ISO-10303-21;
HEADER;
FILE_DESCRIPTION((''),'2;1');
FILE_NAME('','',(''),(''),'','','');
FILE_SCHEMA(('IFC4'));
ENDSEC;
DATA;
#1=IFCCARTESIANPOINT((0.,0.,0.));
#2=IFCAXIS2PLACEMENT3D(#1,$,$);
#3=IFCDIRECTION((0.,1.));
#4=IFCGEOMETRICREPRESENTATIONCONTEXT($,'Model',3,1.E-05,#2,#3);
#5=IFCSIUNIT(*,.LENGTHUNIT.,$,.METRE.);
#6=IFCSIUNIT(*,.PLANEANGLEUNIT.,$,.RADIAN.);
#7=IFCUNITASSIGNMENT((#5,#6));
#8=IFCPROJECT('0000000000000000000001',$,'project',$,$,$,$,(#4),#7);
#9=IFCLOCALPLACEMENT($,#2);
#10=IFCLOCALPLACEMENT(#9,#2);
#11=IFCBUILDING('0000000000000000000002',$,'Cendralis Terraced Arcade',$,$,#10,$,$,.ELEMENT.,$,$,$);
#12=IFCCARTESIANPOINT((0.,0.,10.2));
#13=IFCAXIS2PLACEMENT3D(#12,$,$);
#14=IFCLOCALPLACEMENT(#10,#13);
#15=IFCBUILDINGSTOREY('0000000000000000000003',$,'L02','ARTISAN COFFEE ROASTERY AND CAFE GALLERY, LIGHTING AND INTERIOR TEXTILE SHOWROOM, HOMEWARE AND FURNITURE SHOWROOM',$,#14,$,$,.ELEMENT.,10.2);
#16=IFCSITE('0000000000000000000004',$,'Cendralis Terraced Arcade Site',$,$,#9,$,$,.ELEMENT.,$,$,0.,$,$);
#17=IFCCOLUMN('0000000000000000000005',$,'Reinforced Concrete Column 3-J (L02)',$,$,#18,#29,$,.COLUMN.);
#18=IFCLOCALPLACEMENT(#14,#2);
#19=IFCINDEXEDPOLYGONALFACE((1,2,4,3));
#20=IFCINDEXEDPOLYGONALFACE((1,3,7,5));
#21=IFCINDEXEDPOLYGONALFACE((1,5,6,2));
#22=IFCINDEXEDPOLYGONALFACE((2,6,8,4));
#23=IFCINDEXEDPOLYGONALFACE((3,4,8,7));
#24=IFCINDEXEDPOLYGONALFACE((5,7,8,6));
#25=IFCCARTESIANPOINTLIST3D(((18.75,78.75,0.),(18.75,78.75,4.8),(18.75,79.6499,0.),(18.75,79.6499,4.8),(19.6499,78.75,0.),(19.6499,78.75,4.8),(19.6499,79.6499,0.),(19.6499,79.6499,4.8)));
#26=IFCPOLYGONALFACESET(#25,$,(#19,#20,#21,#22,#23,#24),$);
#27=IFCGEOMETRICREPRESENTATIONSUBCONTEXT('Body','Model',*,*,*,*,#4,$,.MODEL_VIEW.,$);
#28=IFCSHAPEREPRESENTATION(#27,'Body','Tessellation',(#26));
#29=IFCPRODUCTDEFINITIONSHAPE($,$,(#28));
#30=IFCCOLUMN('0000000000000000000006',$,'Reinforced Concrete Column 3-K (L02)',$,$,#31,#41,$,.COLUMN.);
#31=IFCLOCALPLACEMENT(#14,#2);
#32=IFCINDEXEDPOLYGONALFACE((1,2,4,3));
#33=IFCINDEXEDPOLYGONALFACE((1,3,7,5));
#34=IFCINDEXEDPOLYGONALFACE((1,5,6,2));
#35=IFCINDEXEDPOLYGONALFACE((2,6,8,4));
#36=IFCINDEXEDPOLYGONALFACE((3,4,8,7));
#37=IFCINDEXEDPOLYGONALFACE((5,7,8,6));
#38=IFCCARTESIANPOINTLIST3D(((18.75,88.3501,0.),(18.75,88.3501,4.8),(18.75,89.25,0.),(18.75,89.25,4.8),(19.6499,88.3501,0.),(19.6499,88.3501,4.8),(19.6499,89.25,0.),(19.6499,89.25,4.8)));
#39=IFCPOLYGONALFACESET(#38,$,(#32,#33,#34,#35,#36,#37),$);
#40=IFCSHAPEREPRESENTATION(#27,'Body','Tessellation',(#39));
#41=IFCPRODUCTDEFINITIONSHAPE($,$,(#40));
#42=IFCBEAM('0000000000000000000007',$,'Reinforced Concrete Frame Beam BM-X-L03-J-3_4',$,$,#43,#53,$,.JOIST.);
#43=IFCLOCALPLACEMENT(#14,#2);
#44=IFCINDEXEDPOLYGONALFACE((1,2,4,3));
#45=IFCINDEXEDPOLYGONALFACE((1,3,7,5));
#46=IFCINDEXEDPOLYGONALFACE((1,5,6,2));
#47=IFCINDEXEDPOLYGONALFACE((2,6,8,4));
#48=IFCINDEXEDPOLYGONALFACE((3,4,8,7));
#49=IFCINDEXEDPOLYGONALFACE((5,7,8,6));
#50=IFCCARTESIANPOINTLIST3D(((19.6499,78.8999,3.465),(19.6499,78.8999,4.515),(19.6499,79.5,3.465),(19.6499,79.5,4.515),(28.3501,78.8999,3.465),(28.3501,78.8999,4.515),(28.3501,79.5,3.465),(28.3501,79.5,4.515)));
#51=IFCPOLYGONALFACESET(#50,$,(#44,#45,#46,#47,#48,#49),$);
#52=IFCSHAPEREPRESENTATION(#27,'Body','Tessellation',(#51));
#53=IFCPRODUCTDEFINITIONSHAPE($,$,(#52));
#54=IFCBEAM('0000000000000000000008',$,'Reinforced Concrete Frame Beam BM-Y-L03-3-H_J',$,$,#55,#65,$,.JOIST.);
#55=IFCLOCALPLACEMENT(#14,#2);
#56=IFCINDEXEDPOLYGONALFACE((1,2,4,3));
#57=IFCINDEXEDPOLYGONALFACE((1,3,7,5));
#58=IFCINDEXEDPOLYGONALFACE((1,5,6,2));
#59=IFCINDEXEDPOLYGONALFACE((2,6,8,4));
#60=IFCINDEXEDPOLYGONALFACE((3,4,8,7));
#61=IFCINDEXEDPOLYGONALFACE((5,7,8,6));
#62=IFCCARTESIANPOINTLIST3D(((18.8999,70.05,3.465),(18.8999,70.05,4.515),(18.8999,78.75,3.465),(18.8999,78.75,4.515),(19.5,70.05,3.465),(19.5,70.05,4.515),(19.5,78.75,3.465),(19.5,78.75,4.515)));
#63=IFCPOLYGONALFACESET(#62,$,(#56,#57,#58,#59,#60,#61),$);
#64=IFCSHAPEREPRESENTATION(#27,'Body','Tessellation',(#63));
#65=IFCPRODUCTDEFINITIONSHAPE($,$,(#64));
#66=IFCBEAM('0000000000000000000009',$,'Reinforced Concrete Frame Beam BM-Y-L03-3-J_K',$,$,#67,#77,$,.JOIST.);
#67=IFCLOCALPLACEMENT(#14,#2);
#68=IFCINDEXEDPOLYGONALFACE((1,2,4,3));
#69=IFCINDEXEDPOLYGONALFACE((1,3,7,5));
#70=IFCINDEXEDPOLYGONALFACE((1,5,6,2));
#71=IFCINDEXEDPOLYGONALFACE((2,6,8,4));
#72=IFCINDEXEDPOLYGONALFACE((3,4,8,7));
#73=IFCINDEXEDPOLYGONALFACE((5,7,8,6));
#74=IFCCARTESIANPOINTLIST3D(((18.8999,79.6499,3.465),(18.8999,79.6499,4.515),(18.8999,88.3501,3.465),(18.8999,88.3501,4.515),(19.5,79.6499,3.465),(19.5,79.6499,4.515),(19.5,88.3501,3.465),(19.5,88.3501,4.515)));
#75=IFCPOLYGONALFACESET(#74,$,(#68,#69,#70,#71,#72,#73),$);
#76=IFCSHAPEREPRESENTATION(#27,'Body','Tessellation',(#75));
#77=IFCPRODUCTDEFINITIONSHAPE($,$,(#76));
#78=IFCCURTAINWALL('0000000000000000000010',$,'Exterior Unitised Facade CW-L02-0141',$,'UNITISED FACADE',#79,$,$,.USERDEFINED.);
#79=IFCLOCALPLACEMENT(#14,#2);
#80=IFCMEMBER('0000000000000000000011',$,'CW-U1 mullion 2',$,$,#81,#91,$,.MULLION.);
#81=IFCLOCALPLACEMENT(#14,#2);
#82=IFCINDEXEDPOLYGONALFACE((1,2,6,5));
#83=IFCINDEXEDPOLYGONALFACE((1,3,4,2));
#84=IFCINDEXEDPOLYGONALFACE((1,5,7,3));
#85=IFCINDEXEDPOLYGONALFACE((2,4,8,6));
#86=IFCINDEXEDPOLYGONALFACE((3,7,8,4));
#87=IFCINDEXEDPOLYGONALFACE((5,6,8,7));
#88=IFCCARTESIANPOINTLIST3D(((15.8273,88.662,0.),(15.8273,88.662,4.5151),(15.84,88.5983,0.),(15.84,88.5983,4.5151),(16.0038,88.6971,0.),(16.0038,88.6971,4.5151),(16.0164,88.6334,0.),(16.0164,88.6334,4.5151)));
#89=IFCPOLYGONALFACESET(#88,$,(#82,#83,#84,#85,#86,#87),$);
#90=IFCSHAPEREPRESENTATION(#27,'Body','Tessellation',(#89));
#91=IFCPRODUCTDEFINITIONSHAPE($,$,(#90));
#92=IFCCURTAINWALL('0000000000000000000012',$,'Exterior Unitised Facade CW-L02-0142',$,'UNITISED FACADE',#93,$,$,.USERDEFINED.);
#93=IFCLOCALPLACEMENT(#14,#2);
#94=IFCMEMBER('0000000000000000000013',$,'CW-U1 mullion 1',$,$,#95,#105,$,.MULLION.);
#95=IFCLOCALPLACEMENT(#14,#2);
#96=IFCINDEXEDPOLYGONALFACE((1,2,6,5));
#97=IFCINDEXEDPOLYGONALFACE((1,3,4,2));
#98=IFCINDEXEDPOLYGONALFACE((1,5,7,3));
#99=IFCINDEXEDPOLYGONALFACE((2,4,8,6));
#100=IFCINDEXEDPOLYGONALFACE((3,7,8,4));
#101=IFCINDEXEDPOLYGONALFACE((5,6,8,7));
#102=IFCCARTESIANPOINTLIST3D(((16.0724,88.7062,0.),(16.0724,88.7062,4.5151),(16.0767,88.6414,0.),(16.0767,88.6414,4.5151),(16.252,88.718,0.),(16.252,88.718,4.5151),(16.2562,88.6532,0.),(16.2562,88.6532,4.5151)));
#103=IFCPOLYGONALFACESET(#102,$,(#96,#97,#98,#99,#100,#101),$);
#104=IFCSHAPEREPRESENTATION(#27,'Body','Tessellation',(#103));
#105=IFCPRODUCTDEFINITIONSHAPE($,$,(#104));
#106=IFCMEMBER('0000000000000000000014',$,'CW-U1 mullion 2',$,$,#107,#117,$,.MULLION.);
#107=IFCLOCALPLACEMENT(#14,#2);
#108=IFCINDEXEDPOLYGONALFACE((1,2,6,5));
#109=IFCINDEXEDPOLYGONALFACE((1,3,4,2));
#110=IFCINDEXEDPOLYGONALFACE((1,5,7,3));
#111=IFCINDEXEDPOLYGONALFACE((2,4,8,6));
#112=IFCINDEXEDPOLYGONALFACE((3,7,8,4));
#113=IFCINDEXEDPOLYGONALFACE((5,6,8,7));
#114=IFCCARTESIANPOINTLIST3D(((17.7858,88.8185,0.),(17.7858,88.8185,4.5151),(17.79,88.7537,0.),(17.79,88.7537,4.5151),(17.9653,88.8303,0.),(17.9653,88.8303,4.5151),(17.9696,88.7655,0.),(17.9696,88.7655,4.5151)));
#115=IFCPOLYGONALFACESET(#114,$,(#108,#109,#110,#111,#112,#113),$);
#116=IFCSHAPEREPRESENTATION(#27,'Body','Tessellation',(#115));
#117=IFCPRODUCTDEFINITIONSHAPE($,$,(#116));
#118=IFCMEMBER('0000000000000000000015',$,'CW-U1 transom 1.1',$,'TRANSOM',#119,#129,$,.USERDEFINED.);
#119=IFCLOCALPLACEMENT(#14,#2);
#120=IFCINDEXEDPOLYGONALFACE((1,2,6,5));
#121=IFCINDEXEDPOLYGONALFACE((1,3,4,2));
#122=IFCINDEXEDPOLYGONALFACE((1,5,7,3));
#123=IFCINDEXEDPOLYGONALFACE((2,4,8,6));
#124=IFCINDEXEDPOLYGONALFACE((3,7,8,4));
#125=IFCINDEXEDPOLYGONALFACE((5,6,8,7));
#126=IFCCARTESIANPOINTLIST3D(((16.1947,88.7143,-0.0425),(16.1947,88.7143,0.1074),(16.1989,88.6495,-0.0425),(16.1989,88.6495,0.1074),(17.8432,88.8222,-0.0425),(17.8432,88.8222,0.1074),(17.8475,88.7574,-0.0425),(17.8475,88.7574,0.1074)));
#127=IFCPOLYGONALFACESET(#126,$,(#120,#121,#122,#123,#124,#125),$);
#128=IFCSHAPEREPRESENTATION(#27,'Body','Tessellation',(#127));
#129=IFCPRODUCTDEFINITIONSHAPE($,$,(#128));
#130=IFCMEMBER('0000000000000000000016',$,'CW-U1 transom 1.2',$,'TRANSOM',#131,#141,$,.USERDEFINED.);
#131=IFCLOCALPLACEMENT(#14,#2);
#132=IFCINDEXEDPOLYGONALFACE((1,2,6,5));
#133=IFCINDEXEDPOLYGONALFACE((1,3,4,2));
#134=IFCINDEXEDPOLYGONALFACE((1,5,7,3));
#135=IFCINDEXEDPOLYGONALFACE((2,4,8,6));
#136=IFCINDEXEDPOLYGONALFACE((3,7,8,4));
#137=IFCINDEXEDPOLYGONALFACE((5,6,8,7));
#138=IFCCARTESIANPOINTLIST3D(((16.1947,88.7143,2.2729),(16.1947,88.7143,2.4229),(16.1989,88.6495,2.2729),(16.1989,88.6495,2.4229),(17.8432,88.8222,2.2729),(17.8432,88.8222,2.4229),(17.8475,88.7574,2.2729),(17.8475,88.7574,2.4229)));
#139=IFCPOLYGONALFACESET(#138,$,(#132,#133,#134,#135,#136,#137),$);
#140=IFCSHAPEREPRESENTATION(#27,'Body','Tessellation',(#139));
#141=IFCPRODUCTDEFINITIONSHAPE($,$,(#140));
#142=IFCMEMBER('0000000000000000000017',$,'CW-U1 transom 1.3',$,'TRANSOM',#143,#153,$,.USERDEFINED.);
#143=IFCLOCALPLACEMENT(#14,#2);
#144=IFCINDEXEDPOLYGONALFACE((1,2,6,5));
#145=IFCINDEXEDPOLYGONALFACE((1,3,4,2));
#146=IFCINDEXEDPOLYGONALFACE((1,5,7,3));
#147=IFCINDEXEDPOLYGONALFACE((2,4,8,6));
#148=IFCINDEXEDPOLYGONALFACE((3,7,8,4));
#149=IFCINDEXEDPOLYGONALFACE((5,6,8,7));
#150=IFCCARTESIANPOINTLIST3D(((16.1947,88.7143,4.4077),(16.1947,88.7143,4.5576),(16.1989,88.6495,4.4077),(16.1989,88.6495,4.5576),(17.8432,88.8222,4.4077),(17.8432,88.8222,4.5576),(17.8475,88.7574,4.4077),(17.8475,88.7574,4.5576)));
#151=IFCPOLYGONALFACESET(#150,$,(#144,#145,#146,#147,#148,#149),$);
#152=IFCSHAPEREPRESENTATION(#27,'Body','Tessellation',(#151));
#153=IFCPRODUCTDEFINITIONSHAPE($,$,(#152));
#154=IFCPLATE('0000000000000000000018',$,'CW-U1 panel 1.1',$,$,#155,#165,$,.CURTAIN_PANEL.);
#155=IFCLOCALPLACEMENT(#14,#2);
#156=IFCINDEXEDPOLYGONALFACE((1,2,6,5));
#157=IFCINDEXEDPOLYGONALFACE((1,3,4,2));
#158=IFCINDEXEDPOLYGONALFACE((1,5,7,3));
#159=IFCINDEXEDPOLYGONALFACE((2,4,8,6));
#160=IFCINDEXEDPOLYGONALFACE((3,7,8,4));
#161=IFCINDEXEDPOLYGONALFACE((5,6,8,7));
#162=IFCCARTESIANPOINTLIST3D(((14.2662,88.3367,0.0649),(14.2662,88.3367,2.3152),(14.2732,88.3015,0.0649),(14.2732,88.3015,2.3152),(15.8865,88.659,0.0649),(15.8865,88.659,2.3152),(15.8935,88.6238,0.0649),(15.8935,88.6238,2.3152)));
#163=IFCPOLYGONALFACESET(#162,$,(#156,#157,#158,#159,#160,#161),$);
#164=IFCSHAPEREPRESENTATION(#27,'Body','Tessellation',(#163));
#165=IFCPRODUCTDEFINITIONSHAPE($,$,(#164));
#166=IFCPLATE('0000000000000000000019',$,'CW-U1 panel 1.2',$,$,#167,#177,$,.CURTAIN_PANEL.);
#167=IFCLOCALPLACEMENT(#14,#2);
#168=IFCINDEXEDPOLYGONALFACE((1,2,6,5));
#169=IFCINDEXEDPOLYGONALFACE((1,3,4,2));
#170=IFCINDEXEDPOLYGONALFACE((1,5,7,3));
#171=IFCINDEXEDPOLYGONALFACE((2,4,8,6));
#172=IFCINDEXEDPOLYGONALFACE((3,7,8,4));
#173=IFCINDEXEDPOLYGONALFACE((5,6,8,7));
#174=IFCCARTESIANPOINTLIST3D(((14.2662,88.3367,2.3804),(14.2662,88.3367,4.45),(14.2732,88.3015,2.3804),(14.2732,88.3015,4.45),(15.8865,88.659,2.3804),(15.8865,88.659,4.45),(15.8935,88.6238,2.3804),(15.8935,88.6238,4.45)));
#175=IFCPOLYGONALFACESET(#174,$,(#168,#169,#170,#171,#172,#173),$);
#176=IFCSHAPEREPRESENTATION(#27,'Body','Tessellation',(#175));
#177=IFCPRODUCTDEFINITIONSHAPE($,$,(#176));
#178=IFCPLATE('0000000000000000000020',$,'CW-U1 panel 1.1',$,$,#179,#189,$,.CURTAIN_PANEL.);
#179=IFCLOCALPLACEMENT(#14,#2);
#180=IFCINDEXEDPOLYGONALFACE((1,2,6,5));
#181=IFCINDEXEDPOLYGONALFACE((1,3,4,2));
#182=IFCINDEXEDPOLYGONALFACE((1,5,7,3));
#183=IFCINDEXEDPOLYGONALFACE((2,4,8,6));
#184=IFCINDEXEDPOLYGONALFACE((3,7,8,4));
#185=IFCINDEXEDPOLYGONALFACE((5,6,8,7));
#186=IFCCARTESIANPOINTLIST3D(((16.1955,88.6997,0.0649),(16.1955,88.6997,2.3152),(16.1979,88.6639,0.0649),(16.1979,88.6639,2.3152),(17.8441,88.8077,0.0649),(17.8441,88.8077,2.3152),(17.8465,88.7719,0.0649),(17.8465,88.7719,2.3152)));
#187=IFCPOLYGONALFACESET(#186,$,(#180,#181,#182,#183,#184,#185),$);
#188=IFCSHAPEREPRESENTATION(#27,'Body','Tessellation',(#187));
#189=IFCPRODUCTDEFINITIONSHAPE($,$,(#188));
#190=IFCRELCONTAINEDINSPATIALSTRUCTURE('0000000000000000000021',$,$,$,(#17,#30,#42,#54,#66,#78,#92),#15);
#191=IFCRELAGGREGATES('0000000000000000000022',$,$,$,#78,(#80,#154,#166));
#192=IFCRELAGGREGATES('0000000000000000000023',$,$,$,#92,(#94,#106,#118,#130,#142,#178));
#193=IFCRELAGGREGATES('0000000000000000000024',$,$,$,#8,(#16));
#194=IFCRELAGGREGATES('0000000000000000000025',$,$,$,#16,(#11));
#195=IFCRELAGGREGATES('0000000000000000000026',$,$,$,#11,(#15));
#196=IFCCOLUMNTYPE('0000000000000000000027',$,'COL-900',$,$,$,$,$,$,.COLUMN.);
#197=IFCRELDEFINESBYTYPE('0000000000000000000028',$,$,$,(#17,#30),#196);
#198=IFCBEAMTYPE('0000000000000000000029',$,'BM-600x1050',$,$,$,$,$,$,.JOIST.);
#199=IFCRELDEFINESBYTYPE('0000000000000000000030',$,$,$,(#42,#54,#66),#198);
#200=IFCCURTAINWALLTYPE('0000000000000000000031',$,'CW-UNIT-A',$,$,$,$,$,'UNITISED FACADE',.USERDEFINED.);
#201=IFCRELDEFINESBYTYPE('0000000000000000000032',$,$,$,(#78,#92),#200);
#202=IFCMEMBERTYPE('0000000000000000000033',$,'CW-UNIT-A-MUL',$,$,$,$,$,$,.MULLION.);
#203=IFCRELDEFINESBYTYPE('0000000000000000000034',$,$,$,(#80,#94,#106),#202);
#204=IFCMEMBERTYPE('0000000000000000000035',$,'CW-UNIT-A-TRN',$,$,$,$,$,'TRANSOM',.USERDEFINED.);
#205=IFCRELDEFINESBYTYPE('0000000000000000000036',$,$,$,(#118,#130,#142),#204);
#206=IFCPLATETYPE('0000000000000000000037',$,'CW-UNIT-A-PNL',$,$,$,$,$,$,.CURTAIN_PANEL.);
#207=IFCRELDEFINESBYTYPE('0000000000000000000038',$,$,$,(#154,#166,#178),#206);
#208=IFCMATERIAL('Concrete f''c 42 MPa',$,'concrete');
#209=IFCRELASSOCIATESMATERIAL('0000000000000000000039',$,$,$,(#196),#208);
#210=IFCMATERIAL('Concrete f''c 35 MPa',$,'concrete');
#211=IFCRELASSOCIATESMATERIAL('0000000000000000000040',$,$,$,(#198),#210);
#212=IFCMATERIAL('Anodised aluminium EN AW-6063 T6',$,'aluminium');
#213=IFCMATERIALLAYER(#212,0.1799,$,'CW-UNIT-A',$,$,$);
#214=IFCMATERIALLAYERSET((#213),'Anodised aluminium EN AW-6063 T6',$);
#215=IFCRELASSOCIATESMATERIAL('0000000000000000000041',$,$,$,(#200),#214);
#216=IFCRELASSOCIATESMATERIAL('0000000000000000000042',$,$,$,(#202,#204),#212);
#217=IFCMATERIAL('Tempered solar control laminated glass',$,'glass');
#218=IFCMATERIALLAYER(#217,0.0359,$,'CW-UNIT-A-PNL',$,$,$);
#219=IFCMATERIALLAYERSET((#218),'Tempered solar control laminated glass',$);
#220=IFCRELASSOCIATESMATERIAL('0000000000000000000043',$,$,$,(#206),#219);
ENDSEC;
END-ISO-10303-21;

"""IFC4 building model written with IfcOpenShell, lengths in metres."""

from ifc_helpers import new_model, si_unit, direction, frame, origin, origin_2d, place, context, subcontext, project, spatial, rectangle, extrude, material, layer, layer_set, material_profile, profile_set, type_object, element, aggregate, save


model = new_model("IFC4")

# Units and contexts
model_context = context("Model", 3, precision=1e-05, world=origin(), true_north=direction((0.0, 1.0)))
body_context = subcontext(model_context, "Body", "Model", "MODEL_VIEW")
ifc_project = project(units=[si_unit("LENGTHUNIT", "METRE"), si_unit("PLANEANGLEUNIT", "RADIAN")], contexts=[model_context])

# Site, building, storey
site_placement = place(None, origin())
site = spatial("IfcSite", under=ifc_project, at=site_placement, Name="Cendralis Terraced Arcade Site", CompositionType="ELEMENT", RefElevation=0.0)
building_placement = place(site_placement, origin())
building = spatial("IfcBuilding", under=site, at=building_placement, Name="Cendralis Terraced Arcade", CompositionType="ELEMENT")
storey_placement = place(building_placement, frame((0.0, 0.0, 10.2)))
storey = spatial("IfcBuildingStorey", under=building, at=storey_placement, Name="L02", Description="ARTISAN COFFEE ROASTERY AND CAFE GALLERY, LIGHTING AND INTERIOR TEXTILE SHOWROOM, HOMEWARE AND FURNITURE SHOWROOM", CompositionType="ELEMENT", Elevation=10.2)

# Columns
ifc_material_1 = material(Name="Concrete f'c 42 MPa", Category="concrete")
ifc_material_profile_1 = material_profile(ifc_material_1, rectangle(XDim=0.8999, YDim=0.8999, at=origin_2d()), Name="RC-COL-900x900", Category="LoadBearing")
ifc_profile_set_1 = profile_set([ifc_material_profile_1], Name="Concrete f'c 42 MPa")
column_type = type_object("IfcColumnType", Name="COL-900", PredefinedType="COLUMN", material=ifc_profile_set_1)
for number, where, z_axis, x_axis, name in (
    (1, (19.2, 79.2, 0.0), (0.0, 0.0, 1.0), (1.0, 0.0, 0.0), "Reinforced Concrete Column 3-J (L02)"),
    (2, (19.2, 88.8, 0.0), (0.0, 0.0, 1.0), (1.0, 0.0, 0.0), "Reinforced Concrete Column 3-K (L02)"),
):
    element("IfcColumn", number, at=place(storey_placement, frame(where, z_axis=z_axis, x_axis=x_axis)), inside=storey, type_object=column_type, Name=name, PredefinedType="COLUMN", context=body_context, shape_type="SweptSolid", body=[
        extrude(rectangle(XDim=0.8999, YDim=0.8999, at=origin_2d()), origin(), (0.0, 0.0, 1.0), 4.8),
    ])

# Beams
ifc_material_2 = material(Name="Concrete f'c 35 MPa", Category="concrete")
ifc_material_profile_2 = material_profile(ifc_material_2, rectangle(XDim=0.6001, YDim=1.05, at=origin_2d()), Name="RC-BM-600x1050", Category="LoadBearing")
ifc_profile_set_2 = profile_set([ifc_material_profile_2], Name="Concrete f'c 35 MPa")
beam_type = type_object("IfcBeamType", Name="BM-600x1050", PredefinedType="JOIST", material=ifc_profile_set_2)
beam_1_placement = place(storey_placement, frame((19.6499, 79.2, 3.99), z_axis=(1.0, 0.0, 0.0), x_axis=(0.0, 1.0, 0.0)))
element("IfcBeam", 3, at=beam_1_placement, inside=storey, type_object=beam_type, Name="Reinforced Concrete Frame Beam BM-X-L03-J-3_4", PredefinedType="JOIST", context=body_context, shape_type="SweptSolid", body=[
    extrude(rectangle(XDim=0.6001, YDim=1.05, at=origin_2d()), origin(), (0.0, 0.0, 1.0), 8.7002),
])
beam_2_placement = place(storey_placement, frame((19.2, 70.05, 3.99), z_axis=(0.0, 1.0, 0.0), x_axis=(-1.0, 0.0, 0.0)))
element("IfcBeam", 4, at=beam_2_placement, inside=storey, type_object=beam_type, Name="Reinforced Concrete Frame Beam BM-Y-L03-3-H_J", PredefinedType="JOIST", context=body_context, shape_type="SweptSolid", body=[
    extrude(rectangle(XDim=0.6001, YDim=1.05, at=origin_2d()), origin(), (0.0, 0.0, 1.0), 8.7),
])
beam_3_placement = place(storey_placement, frame((19.2, 79.6499, 3.99), z_axis=(0.0, 1.0, 0.0), x_axis=(-1.0, 0.0, 0.0)))
element("IfcBeam", 5, at=beam_3_placement, inside=storey, type_object=beam_type, Name="Reinforced Concrete Frame Beam BM-Y-L03-3-J_K", PredefinedType="JOIST", context=body_context, shape_type="SweptSolid", body=[
    extrude(rectangle(XDim=0.6001, YDim=1.05, at=origin_2d()), origin(), (0.0, 0.0, 1.0), 8.7002),
])

# Curtain wall, member
ifc_material_3 = material(Name="Anodised aluminium EN AW-6063 T6", Category="aluminium")
ifc_layer_1 = layer(ifc_material_3, 0.1799, Name="CW-UNIT-A")
ifc_layer_set_1 = layer_set([ifc_layer_1], Name="Anodised aluminium EN AW-6063 T6")
curtain_wall_type = type_object("IfcCurtainWallType", Name="CW-UNIT-A", ElementType="UNITISED FACADE", PredefinedType="USERDEFINED", material=ifc_layer_set_1)
curtain_wall_1_placement = place(storey_placement, origin())
curtain_wall_1 = element("IfcCurtainWall", 6, at=curtain_wall_1_placement, inside=storey, type_object=curtain_wall_type, Name="Exterior Unitised Facade CW-L02-0141", ObjectType="UNITISED FACADE", PredefinedType="USERDEFINED")
ifc_material_profile_3 = material_profile(ifc_material_3, rectangle(XDim=0.0649, YDim=0.1799, at=origin_2d()), Name="ALU-MUL-65x180")
ifc_profile_set_3 = profile_set([ifc_material_profile_3], Name="Anodised aluminium EN AW-6063 T6")
member_type_1 = type_object("IfcMemberType", Name="CW-UNIT-A-MUL", PredefinedType="MULLION", material=ifc_profile_set_3)
member_1_placement = place(storey_placement, frame((15.9219, 88.6477, 0.0), z_axis=(0.0, 0.0, 1.0), x_axis=(-0.195058, 0.980792, 0.0)))
member_1 = element("IfcMember", 7, at=member_1_placement, type_object=member_type_1, Name="CW-U1 mullion 2", PredefinedType="MULLION", context=body_context, shape_type="SweptSolid", body=[
    extrude(rectangle(XDim=0.0649, YDim=0.1799, at=origin_2d()), origin(), (0.0, 0.0, 1.0), 4.5151),
])

# Curtain wall, members
curtain_wall_2_placement = place(storey_placement, origin())
curtain_wall_2 = element("IfcCurtainWall", 8, at=curtain_wall_2_placement, inside=storey, type_object=curtain_wall_type, Name="Exterior Unitised Facade CW-L02-0142", ObjectType="UNITISED FACADE", PredefinedType="USERDEFINED")
member_2_placement = place(storey_placement, frame((16.1643, 88.6797, 0.0), z_axis=(0.0, 0.0, 1.0), x_axis=(-0.065372, 0.997861, 0.0)))
member_2 = element("IfcMember", 9, at=member_2_placement, type_object=member_type_1, Name="CW-U1 mullion 1", PredefinedType="MULLION", context=body_context, shape_type="SweptSolid", body=[
    extrude(rectangle(XDim=0.0649, YDim=0.1799, at=origin_2d()), origin(), (0.0, 0.0, 1.0), 4.5151),
])
member_3_placement = place(storey_placement, frame((17.8777, 88.792, 0.0), z_axis=(0.0, 0.0, 1.0), x_axis=(-0.065372, 0.997861, 0.0)))
member_3 = element("IfcMember", 10, at=member_3_placement, type_object=member_type_1, Name="CW-U1 mullion 2", PredefinedType="MULLION", context=body_context, shape_type="SweptSolid", body=[
    extrude(rectangle(XDim=0.0649, YDim=0.1799, at=origin_2d()), origin(), (0.0, 0.0, 1.0), 4.5151),
])
ifc_material_profile_4 = material_profile(ifc_material_3, rectangle(XDim=0.0649, YDim=0.1499, at=origin_2d()), Name="ALU-TRN-65x150")
ifc_profile_set_4 = profile_set([ifc_material_profile_4], Name="Anodised aluminium EN AW-6063 T6")
member_type_2 = type_object("IfcMemberType", Name="CW-UNIT-A-TRN", ElementType="TRANSOM", PredefinedType="USERDEFINED", material=ifc_profile_set_4)
member_4_placement = place(storey_placement, frame((16.1968, 88.6819, 0.0325), z_axis=(0.997865, 0.065313, 0.0), x_axis=(-0.065313, 0.997865, 0.0)))
member_4 = element("IfcMember", 11, at=member_4_placement, type_object=member_type_2, Name="CW-U1 transom 1.1", ObjectType="TRANSOM", PredefinedType="USERDEFINED", context=body_context, shape_type="SweptSolid", body=[
    extrude(rectangle(XDim=0.0649, YDim=0.1499, at=origin_2d()), origin(), (0.0, 0.0, 1.0), 1.6521),
])
member_5_placement = place(storey_placement, frame((16.1968, 88.6819, 2.3479), z_axis=(0.997865, 0.065313, 0.0), x_axis=(-0.065313, 0.997865, 0.0)))
member_5 = element("IfcMember", 12, at=member_5_placement, type_object=member_type_2, Name="CW-U1 transom 1.2", ObjectType="TRANSOM", PredefinedType="USERDEFINED", context=body_context, shape_type="SweptSolid", body=[
    extrude(rectangle(XDim=0.0649, YDim=0.1499, at=origin_2d()), origin(), (0.0, 0.0, 1.0), 1.6521),
])
member_6_placement = place(storey_placement, frame((16.1968, 88.6819, 4.4827), z_axis=(0.997865, 0.065313, 0.0), x_axis=(-0.065313, 0.997865, 0.0)))
member_6 = element("IfcMember", 13, at=member_6_placement, type_object=member_type_2, Name="CW-U1 transom 1.3", ObjectType="TRANSOM", PredefinedType="USERDEFINED", context=body_context, shape_type="SweptSolid", body=[
    extrude(rectangle(XDim=0.0649, YDim=0.1499, at=origin_2d()), origin(), (0.0, 0.0, 1.0), 1.6521),
])

# Plates
ifc_material_4 = material(Name="Tempered solar control laminated glass", Category="glass")
ifc_layer_2 = layer(ifc_material_4, 0.0359, Name="CW-UNIT-A-PNL")
ifc_layer_set_2 = layer_set([ifc_layer_2], Name="Tempered solar control laminated glass")
plate_type = type_object("IfcPlateType", Name="CW-UNIT-A-PNL", PredefinedType="CURTAIN_PANEL", material=ifc_layer_set_2)
plate_1_placement = place(storey_placement, frame((15.0798, 88.4802, 0.0649), z_axis=(0.0, 0.0, 1.0), x_axis=(0.980792, 0.195058, 0.0)))
plate_1 = element("IfcPlate", 14, at=plate_1_placement, type_object=plate_type, Name="CW-U1 panel 1.1", PredefinedType="CURTAIN_PANEL", context=body_context, shape_type="SweptSolid", body=[
    extrude(rectangle(XDim=1.6521, YDim=0.0359, at=origin_2d()), origin(), (0.0, 0.0, 1.0), 2.2502),
])
plate_2_placement = place(storey_placement, frame((15.0798, 88.4802, 2.3804), z_axis=(0.0, 0.0, 1.0), x_axis=(0.980792, 0.195058, 0.0)))
plate_2 = element("IfcPlate", 15, at=plate_2_placement, type_object=plate_type, Name="CW-U1 panel 1.2", PredefinedType="CURTAIN_PANEL", context=body_context, shape_type="SweptSolid", body=[
    extrude(rectangle(XDim=1.6521, YDim=0.0359, at=origin_2d()), origin(), (0.0, 0.0, 1.0), 2.0696),
])
aggregate(curtain_wall_1, [member_1, plate_1, plate_2])
plate_3_placement = place(storey_placement, frame((17.021, 88.7358, 0.0649), z_axis=(0.0, 0.0, 1.0), x_axis=(0.997861, 0.065372, 0.0)))
plate_3 = element("IfcPlate", 16, at=plate_3_placement, type_object=plate_type, Name="CW-U1 panel 1.1", PredefinedType="CURTAIN_PANEL", context=body_context, shape_type="SweptSolid", body=[
    extrude(rectangle(XDim=1.6521, YDim=0.0359, at=origin_2d()), origin(), (0.0, 0.0, 1.0), 2.2502),
])
aggregate(curtain_wall_2, [member_2, member_3, member_4, member_5, member_6, plate_3])

save(model, "model.ifc")
